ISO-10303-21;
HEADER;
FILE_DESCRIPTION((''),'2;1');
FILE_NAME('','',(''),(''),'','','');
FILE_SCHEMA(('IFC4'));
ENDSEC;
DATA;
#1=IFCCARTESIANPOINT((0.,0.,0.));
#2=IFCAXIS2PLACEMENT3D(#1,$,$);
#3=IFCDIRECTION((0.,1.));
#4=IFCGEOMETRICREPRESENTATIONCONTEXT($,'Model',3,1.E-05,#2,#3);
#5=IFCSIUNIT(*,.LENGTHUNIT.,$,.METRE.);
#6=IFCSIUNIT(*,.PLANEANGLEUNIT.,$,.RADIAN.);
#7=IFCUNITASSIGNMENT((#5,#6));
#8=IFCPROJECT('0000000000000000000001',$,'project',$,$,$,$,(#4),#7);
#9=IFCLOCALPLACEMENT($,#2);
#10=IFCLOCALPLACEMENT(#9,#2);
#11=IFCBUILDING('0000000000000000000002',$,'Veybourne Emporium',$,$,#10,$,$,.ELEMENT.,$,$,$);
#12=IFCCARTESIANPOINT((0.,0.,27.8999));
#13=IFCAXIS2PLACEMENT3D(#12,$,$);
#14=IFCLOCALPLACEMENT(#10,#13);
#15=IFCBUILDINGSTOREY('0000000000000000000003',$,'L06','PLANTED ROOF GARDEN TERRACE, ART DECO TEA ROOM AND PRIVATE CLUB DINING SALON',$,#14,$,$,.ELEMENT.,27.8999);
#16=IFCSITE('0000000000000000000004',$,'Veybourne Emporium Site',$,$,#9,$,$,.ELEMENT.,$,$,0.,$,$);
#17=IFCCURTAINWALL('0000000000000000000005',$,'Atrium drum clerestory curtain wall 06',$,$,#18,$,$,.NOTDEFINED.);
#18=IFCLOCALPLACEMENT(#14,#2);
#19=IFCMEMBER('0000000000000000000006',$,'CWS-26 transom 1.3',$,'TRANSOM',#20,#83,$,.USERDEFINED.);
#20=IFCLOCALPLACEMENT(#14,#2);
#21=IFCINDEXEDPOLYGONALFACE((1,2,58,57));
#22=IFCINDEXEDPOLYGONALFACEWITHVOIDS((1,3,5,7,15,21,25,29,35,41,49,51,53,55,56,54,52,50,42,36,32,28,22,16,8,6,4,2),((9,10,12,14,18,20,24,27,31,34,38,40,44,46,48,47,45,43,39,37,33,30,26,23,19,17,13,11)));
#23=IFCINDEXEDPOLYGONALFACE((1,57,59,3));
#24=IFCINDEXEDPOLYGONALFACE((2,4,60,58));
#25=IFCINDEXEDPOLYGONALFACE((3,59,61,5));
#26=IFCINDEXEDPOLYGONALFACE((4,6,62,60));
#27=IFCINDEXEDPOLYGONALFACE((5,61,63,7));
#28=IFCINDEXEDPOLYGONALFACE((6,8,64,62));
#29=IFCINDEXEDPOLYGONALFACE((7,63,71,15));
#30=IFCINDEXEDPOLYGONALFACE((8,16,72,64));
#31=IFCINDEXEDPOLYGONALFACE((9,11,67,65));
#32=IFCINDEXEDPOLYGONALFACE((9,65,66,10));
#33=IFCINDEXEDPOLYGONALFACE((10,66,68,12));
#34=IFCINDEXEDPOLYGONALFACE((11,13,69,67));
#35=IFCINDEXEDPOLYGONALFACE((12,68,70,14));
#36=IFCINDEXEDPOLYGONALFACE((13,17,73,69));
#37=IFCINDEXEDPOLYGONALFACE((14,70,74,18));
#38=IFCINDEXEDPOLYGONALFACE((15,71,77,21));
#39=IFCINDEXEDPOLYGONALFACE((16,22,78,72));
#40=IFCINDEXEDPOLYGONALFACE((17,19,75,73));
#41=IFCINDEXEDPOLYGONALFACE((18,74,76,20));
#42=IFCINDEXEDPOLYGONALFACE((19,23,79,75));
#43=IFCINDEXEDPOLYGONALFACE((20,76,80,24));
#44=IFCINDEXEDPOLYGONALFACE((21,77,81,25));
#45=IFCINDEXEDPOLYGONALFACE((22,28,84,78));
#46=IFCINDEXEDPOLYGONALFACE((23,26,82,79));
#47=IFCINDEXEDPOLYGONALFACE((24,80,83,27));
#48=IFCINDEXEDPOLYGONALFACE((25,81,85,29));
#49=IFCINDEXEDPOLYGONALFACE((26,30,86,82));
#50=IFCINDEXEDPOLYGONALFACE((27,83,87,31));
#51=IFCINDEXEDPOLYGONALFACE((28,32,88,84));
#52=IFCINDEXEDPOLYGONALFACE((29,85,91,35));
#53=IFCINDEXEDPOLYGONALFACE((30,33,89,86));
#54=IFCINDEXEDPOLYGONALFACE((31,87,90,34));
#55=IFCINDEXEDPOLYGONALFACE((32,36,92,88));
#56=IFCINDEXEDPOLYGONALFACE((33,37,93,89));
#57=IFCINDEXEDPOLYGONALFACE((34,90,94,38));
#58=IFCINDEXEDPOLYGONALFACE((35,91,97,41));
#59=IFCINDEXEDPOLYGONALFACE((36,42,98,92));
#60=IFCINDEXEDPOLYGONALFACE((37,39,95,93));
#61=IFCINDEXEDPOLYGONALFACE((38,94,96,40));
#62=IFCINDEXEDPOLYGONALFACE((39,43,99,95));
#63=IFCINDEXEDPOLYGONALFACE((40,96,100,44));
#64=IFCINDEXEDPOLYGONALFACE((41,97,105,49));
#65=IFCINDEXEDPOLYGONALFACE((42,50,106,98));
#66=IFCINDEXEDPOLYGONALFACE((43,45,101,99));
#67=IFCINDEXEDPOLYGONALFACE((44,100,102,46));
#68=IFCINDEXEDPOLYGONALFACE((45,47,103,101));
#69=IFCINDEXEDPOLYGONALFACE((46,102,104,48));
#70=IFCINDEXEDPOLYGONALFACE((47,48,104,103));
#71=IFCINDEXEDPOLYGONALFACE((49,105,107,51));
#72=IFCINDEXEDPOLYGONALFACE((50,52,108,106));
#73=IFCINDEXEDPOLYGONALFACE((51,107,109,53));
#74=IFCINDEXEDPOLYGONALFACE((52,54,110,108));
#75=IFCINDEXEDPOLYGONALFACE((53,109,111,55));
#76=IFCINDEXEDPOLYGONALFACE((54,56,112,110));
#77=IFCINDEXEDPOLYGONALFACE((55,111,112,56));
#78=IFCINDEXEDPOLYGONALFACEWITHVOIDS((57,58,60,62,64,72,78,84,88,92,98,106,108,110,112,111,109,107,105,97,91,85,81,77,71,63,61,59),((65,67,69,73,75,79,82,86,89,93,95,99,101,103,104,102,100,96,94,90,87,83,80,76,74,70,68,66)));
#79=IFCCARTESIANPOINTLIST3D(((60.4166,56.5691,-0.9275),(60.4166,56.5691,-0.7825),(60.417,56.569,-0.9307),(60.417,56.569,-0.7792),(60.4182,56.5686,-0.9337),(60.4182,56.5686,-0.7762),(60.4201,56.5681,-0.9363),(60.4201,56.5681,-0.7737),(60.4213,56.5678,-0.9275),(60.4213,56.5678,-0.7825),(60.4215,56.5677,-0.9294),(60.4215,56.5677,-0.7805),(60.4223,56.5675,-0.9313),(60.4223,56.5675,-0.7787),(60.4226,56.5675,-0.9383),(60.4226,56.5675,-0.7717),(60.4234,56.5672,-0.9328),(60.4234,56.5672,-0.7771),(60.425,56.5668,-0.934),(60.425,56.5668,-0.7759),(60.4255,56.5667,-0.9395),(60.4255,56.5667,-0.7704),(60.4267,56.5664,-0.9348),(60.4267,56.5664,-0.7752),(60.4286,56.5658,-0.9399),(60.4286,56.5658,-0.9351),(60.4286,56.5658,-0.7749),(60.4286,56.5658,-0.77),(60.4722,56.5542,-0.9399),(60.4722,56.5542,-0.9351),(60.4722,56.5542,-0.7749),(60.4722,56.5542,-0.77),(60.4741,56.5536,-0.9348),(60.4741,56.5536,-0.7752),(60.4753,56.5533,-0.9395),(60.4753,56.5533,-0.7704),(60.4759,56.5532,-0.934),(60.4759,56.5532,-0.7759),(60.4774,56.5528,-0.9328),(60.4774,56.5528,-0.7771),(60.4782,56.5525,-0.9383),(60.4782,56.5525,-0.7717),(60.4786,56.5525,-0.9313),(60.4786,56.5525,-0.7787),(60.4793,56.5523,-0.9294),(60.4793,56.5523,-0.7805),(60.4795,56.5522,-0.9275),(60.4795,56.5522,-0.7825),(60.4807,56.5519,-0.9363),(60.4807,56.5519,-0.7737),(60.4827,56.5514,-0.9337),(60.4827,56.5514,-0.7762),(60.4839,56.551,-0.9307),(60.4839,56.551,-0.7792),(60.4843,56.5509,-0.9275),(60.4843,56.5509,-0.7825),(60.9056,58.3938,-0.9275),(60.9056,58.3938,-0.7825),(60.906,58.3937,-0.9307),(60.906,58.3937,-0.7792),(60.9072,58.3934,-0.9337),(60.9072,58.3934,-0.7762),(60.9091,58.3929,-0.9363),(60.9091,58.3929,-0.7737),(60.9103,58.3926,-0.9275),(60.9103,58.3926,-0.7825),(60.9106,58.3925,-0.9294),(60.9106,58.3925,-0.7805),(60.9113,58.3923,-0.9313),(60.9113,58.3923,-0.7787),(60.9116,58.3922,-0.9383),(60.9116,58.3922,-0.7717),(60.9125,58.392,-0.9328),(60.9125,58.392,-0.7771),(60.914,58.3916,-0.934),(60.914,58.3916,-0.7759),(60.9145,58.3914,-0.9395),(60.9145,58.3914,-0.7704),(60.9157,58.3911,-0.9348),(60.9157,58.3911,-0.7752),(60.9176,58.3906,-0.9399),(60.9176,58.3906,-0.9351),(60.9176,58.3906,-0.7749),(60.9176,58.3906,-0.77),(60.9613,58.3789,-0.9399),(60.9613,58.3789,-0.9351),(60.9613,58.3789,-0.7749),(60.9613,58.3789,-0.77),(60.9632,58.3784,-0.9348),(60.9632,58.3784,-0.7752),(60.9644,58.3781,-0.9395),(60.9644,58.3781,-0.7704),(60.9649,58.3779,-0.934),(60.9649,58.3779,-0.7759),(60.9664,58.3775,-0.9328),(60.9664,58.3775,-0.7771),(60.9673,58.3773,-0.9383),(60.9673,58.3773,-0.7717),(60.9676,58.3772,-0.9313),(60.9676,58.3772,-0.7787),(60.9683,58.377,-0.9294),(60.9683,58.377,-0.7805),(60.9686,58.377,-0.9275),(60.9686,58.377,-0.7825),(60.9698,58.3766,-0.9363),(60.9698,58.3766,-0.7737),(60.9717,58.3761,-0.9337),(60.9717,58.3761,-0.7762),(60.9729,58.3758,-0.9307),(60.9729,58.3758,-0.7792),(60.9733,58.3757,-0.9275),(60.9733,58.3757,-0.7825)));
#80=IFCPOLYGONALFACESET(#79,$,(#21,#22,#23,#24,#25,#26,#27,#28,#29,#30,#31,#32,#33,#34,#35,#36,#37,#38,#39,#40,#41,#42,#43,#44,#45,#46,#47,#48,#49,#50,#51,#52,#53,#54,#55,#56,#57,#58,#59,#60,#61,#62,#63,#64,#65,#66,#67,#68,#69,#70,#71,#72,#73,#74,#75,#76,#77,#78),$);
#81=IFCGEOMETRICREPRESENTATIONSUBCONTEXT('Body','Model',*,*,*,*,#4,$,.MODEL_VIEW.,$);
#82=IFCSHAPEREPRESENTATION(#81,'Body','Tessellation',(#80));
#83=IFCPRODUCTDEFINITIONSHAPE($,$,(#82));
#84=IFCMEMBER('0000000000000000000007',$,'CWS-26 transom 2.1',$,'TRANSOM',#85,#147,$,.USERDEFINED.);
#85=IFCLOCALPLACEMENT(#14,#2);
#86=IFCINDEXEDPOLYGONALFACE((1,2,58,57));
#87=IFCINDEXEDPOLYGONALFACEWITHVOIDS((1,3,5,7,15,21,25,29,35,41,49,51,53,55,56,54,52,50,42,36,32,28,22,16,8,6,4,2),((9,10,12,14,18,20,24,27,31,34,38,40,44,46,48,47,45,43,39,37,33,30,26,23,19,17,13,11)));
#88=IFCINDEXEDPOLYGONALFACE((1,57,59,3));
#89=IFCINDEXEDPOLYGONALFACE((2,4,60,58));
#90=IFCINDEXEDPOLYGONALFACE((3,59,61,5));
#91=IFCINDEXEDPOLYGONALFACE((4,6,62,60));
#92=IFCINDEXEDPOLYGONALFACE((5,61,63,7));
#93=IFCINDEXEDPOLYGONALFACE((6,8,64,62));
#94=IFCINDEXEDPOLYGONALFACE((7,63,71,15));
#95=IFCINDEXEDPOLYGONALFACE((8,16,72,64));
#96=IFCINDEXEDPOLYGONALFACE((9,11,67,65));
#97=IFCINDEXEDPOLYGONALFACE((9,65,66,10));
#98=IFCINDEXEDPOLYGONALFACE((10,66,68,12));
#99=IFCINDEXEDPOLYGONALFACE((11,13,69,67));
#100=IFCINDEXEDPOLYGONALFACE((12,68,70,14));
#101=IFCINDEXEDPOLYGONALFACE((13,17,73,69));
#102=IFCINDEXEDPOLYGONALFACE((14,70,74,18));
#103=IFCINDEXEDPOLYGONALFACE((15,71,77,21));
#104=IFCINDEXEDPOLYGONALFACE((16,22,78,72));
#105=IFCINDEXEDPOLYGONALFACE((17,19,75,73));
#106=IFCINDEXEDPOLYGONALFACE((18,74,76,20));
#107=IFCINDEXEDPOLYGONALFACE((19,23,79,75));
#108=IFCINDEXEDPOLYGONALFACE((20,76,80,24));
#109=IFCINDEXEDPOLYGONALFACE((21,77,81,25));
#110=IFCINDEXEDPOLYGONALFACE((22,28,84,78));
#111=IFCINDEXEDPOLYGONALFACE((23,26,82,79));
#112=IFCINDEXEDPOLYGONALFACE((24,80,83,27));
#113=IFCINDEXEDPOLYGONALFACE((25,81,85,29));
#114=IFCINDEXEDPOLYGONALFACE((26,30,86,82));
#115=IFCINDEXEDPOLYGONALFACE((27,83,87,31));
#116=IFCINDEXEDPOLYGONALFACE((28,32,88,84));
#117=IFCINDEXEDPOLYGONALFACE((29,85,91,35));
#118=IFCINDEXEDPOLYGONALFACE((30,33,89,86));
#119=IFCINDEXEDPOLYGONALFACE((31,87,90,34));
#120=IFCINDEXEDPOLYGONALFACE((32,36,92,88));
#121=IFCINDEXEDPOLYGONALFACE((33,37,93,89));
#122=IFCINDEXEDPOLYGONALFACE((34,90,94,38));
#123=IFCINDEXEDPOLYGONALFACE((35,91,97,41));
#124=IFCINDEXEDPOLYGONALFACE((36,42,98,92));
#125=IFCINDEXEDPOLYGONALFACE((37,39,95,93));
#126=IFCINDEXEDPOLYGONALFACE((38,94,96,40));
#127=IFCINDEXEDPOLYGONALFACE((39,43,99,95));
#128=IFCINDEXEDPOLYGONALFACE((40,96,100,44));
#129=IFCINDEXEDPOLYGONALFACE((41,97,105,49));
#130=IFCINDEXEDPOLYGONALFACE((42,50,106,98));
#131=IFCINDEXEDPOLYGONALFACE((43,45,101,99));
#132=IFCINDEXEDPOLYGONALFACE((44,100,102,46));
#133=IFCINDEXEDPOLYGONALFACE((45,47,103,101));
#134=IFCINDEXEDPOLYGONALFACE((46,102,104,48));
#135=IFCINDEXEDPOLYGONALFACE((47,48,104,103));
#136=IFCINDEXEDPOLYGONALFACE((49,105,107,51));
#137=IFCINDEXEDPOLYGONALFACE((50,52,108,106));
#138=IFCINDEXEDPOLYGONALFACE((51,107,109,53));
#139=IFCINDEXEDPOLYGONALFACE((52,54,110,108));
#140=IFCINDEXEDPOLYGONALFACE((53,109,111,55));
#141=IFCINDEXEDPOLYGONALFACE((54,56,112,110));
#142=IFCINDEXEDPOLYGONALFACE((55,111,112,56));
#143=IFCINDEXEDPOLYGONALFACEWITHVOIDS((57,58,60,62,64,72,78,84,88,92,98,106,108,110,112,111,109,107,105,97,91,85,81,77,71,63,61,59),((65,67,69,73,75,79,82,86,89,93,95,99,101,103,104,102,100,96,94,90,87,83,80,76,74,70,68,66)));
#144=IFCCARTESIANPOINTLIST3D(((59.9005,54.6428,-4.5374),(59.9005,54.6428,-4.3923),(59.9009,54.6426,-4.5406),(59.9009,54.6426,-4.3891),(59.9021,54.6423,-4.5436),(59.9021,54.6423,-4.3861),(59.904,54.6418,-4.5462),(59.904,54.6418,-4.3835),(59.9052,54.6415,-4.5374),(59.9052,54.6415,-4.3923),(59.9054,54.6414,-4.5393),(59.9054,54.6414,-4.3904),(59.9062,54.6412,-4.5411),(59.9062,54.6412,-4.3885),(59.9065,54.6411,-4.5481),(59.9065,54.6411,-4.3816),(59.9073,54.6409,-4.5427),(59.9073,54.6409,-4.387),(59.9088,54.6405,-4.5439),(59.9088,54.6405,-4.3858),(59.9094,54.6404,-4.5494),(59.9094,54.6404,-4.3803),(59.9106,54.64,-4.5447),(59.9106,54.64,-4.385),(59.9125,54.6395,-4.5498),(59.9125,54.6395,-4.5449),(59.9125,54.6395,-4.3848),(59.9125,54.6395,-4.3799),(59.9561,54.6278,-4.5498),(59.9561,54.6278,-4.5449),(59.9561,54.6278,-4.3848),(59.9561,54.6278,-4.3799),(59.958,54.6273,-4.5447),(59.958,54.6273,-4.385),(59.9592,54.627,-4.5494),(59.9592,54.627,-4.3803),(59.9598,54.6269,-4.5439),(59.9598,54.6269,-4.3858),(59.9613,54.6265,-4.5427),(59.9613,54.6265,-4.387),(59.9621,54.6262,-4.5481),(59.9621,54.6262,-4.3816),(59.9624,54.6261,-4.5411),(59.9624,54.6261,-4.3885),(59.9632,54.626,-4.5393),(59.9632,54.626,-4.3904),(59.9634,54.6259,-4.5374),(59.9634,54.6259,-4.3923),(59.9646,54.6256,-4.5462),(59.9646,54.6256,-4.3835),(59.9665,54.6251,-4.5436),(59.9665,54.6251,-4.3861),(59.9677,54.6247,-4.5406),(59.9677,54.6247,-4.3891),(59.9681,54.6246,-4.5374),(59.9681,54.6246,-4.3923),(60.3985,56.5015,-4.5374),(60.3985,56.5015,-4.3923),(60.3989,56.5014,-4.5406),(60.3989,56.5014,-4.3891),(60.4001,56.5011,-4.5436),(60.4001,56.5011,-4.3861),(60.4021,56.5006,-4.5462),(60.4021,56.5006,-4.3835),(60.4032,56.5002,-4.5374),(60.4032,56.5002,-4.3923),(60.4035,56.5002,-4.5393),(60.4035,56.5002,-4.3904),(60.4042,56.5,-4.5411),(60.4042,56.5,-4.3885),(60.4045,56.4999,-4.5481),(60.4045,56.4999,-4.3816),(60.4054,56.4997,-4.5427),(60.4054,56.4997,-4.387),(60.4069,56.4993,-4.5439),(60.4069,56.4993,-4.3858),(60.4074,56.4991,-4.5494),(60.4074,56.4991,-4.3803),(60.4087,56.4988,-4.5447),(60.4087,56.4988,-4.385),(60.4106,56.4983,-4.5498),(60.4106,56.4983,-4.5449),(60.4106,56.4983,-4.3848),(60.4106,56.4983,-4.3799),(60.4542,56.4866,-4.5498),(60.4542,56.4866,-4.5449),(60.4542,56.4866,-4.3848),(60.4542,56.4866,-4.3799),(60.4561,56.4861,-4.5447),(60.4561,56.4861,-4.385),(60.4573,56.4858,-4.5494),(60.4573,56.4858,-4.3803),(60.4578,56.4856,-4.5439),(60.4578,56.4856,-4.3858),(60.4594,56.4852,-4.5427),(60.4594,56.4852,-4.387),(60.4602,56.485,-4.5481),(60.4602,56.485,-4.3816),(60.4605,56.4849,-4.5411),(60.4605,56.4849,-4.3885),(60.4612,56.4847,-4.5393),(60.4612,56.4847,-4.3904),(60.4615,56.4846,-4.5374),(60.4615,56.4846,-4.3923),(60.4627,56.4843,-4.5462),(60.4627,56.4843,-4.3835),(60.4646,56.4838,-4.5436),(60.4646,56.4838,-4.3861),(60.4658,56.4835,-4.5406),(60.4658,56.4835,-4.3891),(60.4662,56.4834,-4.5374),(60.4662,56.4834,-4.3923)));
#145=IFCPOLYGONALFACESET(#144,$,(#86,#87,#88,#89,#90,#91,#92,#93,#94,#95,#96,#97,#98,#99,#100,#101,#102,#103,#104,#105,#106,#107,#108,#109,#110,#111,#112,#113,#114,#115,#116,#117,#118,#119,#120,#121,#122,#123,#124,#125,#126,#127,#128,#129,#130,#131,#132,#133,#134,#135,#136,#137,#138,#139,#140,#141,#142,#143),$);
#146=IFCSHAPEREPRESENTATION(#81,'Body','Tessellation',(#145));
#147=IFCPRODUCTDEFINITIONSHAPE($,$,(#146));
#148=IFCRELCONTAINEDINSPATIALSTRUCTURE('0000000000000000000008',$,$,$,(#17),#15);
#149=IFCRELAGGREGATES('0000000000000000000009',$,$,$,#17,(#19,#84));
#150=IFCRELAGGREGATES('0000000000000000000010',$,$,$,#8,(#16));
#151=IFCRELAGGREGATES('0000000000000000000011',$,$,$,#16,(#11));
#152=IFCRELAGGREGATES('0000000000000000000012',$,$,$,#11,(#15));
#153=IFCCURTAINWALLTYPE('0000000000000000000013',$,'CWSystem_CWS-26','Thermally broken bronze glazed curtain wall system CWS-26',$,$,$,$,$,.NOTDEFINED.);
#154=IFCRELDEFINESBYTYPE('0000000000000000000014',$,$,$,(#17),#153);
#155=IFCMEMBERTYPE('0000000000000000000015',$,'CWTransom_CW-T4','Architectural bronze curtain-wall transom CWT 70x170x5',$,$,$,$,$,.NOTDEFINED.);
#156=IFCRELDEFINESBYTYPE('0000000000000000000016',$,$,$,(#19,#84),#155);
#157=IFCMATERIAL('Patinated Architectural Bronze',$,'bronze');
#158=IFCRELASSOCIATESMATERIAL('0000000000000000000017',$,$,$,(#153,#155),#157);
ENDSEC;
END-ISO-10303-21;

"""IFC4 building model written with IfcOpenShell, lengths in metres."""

from ifc_helpers import new_model, si_unit, direction, frame, origin, origin_2d, place, context, subcontext, project, spatial, hollow_rectangle, extrude, material, material_profile, profile_set, type_object, element, aggregate, save


model = new_model("IFC4")

# Units and contexts
model_context = context("Model", 3, precision=1e-05, world=origin(), true_north=direction((0.0, 1.0)))
body_context = subcontext(model_context, "Body", "Model", "MODEL_VIEW")
ifc_project = project(units=[si_unit("LENGTHUNIT", "METRE"), si_unit("PLANEANGLEUNIT", "RADIAN")], contexts=[model_context])

# Site, building, storey
site_placement = place(None, origin())
site = spatial("IfcSite", under=ifc_project, at=site_placement, Name="Veybourne Emporium Site", CompositionType="ELEMENT", RefElevation=0.0)
building_placement = place(site_placement, origin())
building = spatial("IfcBuilding", under=site, at=building_placement, Name="Veybourne Emporium", CompositionType="ELEMENT")
storey_placement = place(building_placement, frame((0.0, 0.0, 27.8999)))
storey = spatial("IfcBuildingStorey", under=building, at=storey_placement, Name="L06", Description="PLANTED ROOF GARDEN TERRACE, ART DECO TEA ROOM AND PRIVATE CLUB DINING SALON", CompositionType="ELEMENT", Elevation=27.8999)

# Curtain wall
ifc_material_1 = material(Name="Patinated Architectural Bronze", Category="bronze")
curtain_wall_type_1 = type_object("IfcCurtainWallType", Name="CWSystem_CWS-26", Description="Thermally broken bronze glazed curtain wall system CWS-26", PredefinedType="NOTDEFINED", material=ifc_material_1)
curtain_wall_1_placement = place(storey_placement, origin())
curtain_wall_1 = element("IfcCurtainWall", 1, at=curtain_wall_1_placement, inside=storey, type_object=curtain_wall_type_1, Name="Atrium drum clerestory curtain wall 06", PredefinedType="NOTDEFINED")

# Members
ifc_material_profile_1 = material_profile(ifc_material_1, hollow_rectangle(XDim=0.0701, YDim=0.1699, WallThickness=0.0049, InnerFilletRadius=0.0076, OuterFilletRadius=0.0125, at=origin_2d()), Name="CWT 70x170x5")
ifc_profile_set_1 = profile_set([ifc_material_profile_1], Name="Patinated Architectural Bronze")
member_type_1 = type_object("IfcMemberType", Name="CWTransom_CW-T4", Description="Architectural bronze curtain-wall transom CWT 70x170x5", PredefinedType="NOTDEFINED", material=ifc_profile_set_1)
member_1_placement = place(storey_placement, frame((60.9395, 58.3848, -0.855), z_axis=(-0.258861, -0.965915, 0.0), x_axis=(0.965915, -0.258861, 0.0)))
member_1 = element("IfcMember", 2, at=member_1_placement, type_object=member_type_1, Name="CWS-26 transom 1.3", ObjectType="TRANSOM", PredefinedType="USERDEFINED", context=body_context, shape_type="SweptSolid", body=[
    extrude(hollow_rectangle(XDim=0.0701, YDim=0.1699, WallThickness=0.0049, InnerFilletRadius=0.0076, OuterFilletRadius=0.0125, at=origin_2d()), origin(), (0.0, 0.0, 1.0), 1.8892),
])
member_2_placement = place(storey_placement, frame((60.4324, 56.4924, -4.4648), z_axis=(-0.258831, -0.965923, 0.0), x_axis=(0.965923, -0.258831, 0.0)))
member_2 = element("IfcMember", 3, at=member_2_placement, type_object=member_type_1, Name="CWS-26 transom 2.1", ObjectType="TRANSOM", PredefinedType="USERDEFINED", context=body_context, shape_type="SweptSolid", body=[
    extrude(hollow_rectangle(XDim=0.0701, YDim=0.1699, WallThickness=0.0049, InnerFilletRadius=0.0076, OuterFilletRadius=0.0125, at=origin_2d()), origin(), (0.0, 0.0, 1.0), 1.9243),
])

aggregate(curtain_wall_1, [member_1, member_2])

save(model, "model.ifc")
